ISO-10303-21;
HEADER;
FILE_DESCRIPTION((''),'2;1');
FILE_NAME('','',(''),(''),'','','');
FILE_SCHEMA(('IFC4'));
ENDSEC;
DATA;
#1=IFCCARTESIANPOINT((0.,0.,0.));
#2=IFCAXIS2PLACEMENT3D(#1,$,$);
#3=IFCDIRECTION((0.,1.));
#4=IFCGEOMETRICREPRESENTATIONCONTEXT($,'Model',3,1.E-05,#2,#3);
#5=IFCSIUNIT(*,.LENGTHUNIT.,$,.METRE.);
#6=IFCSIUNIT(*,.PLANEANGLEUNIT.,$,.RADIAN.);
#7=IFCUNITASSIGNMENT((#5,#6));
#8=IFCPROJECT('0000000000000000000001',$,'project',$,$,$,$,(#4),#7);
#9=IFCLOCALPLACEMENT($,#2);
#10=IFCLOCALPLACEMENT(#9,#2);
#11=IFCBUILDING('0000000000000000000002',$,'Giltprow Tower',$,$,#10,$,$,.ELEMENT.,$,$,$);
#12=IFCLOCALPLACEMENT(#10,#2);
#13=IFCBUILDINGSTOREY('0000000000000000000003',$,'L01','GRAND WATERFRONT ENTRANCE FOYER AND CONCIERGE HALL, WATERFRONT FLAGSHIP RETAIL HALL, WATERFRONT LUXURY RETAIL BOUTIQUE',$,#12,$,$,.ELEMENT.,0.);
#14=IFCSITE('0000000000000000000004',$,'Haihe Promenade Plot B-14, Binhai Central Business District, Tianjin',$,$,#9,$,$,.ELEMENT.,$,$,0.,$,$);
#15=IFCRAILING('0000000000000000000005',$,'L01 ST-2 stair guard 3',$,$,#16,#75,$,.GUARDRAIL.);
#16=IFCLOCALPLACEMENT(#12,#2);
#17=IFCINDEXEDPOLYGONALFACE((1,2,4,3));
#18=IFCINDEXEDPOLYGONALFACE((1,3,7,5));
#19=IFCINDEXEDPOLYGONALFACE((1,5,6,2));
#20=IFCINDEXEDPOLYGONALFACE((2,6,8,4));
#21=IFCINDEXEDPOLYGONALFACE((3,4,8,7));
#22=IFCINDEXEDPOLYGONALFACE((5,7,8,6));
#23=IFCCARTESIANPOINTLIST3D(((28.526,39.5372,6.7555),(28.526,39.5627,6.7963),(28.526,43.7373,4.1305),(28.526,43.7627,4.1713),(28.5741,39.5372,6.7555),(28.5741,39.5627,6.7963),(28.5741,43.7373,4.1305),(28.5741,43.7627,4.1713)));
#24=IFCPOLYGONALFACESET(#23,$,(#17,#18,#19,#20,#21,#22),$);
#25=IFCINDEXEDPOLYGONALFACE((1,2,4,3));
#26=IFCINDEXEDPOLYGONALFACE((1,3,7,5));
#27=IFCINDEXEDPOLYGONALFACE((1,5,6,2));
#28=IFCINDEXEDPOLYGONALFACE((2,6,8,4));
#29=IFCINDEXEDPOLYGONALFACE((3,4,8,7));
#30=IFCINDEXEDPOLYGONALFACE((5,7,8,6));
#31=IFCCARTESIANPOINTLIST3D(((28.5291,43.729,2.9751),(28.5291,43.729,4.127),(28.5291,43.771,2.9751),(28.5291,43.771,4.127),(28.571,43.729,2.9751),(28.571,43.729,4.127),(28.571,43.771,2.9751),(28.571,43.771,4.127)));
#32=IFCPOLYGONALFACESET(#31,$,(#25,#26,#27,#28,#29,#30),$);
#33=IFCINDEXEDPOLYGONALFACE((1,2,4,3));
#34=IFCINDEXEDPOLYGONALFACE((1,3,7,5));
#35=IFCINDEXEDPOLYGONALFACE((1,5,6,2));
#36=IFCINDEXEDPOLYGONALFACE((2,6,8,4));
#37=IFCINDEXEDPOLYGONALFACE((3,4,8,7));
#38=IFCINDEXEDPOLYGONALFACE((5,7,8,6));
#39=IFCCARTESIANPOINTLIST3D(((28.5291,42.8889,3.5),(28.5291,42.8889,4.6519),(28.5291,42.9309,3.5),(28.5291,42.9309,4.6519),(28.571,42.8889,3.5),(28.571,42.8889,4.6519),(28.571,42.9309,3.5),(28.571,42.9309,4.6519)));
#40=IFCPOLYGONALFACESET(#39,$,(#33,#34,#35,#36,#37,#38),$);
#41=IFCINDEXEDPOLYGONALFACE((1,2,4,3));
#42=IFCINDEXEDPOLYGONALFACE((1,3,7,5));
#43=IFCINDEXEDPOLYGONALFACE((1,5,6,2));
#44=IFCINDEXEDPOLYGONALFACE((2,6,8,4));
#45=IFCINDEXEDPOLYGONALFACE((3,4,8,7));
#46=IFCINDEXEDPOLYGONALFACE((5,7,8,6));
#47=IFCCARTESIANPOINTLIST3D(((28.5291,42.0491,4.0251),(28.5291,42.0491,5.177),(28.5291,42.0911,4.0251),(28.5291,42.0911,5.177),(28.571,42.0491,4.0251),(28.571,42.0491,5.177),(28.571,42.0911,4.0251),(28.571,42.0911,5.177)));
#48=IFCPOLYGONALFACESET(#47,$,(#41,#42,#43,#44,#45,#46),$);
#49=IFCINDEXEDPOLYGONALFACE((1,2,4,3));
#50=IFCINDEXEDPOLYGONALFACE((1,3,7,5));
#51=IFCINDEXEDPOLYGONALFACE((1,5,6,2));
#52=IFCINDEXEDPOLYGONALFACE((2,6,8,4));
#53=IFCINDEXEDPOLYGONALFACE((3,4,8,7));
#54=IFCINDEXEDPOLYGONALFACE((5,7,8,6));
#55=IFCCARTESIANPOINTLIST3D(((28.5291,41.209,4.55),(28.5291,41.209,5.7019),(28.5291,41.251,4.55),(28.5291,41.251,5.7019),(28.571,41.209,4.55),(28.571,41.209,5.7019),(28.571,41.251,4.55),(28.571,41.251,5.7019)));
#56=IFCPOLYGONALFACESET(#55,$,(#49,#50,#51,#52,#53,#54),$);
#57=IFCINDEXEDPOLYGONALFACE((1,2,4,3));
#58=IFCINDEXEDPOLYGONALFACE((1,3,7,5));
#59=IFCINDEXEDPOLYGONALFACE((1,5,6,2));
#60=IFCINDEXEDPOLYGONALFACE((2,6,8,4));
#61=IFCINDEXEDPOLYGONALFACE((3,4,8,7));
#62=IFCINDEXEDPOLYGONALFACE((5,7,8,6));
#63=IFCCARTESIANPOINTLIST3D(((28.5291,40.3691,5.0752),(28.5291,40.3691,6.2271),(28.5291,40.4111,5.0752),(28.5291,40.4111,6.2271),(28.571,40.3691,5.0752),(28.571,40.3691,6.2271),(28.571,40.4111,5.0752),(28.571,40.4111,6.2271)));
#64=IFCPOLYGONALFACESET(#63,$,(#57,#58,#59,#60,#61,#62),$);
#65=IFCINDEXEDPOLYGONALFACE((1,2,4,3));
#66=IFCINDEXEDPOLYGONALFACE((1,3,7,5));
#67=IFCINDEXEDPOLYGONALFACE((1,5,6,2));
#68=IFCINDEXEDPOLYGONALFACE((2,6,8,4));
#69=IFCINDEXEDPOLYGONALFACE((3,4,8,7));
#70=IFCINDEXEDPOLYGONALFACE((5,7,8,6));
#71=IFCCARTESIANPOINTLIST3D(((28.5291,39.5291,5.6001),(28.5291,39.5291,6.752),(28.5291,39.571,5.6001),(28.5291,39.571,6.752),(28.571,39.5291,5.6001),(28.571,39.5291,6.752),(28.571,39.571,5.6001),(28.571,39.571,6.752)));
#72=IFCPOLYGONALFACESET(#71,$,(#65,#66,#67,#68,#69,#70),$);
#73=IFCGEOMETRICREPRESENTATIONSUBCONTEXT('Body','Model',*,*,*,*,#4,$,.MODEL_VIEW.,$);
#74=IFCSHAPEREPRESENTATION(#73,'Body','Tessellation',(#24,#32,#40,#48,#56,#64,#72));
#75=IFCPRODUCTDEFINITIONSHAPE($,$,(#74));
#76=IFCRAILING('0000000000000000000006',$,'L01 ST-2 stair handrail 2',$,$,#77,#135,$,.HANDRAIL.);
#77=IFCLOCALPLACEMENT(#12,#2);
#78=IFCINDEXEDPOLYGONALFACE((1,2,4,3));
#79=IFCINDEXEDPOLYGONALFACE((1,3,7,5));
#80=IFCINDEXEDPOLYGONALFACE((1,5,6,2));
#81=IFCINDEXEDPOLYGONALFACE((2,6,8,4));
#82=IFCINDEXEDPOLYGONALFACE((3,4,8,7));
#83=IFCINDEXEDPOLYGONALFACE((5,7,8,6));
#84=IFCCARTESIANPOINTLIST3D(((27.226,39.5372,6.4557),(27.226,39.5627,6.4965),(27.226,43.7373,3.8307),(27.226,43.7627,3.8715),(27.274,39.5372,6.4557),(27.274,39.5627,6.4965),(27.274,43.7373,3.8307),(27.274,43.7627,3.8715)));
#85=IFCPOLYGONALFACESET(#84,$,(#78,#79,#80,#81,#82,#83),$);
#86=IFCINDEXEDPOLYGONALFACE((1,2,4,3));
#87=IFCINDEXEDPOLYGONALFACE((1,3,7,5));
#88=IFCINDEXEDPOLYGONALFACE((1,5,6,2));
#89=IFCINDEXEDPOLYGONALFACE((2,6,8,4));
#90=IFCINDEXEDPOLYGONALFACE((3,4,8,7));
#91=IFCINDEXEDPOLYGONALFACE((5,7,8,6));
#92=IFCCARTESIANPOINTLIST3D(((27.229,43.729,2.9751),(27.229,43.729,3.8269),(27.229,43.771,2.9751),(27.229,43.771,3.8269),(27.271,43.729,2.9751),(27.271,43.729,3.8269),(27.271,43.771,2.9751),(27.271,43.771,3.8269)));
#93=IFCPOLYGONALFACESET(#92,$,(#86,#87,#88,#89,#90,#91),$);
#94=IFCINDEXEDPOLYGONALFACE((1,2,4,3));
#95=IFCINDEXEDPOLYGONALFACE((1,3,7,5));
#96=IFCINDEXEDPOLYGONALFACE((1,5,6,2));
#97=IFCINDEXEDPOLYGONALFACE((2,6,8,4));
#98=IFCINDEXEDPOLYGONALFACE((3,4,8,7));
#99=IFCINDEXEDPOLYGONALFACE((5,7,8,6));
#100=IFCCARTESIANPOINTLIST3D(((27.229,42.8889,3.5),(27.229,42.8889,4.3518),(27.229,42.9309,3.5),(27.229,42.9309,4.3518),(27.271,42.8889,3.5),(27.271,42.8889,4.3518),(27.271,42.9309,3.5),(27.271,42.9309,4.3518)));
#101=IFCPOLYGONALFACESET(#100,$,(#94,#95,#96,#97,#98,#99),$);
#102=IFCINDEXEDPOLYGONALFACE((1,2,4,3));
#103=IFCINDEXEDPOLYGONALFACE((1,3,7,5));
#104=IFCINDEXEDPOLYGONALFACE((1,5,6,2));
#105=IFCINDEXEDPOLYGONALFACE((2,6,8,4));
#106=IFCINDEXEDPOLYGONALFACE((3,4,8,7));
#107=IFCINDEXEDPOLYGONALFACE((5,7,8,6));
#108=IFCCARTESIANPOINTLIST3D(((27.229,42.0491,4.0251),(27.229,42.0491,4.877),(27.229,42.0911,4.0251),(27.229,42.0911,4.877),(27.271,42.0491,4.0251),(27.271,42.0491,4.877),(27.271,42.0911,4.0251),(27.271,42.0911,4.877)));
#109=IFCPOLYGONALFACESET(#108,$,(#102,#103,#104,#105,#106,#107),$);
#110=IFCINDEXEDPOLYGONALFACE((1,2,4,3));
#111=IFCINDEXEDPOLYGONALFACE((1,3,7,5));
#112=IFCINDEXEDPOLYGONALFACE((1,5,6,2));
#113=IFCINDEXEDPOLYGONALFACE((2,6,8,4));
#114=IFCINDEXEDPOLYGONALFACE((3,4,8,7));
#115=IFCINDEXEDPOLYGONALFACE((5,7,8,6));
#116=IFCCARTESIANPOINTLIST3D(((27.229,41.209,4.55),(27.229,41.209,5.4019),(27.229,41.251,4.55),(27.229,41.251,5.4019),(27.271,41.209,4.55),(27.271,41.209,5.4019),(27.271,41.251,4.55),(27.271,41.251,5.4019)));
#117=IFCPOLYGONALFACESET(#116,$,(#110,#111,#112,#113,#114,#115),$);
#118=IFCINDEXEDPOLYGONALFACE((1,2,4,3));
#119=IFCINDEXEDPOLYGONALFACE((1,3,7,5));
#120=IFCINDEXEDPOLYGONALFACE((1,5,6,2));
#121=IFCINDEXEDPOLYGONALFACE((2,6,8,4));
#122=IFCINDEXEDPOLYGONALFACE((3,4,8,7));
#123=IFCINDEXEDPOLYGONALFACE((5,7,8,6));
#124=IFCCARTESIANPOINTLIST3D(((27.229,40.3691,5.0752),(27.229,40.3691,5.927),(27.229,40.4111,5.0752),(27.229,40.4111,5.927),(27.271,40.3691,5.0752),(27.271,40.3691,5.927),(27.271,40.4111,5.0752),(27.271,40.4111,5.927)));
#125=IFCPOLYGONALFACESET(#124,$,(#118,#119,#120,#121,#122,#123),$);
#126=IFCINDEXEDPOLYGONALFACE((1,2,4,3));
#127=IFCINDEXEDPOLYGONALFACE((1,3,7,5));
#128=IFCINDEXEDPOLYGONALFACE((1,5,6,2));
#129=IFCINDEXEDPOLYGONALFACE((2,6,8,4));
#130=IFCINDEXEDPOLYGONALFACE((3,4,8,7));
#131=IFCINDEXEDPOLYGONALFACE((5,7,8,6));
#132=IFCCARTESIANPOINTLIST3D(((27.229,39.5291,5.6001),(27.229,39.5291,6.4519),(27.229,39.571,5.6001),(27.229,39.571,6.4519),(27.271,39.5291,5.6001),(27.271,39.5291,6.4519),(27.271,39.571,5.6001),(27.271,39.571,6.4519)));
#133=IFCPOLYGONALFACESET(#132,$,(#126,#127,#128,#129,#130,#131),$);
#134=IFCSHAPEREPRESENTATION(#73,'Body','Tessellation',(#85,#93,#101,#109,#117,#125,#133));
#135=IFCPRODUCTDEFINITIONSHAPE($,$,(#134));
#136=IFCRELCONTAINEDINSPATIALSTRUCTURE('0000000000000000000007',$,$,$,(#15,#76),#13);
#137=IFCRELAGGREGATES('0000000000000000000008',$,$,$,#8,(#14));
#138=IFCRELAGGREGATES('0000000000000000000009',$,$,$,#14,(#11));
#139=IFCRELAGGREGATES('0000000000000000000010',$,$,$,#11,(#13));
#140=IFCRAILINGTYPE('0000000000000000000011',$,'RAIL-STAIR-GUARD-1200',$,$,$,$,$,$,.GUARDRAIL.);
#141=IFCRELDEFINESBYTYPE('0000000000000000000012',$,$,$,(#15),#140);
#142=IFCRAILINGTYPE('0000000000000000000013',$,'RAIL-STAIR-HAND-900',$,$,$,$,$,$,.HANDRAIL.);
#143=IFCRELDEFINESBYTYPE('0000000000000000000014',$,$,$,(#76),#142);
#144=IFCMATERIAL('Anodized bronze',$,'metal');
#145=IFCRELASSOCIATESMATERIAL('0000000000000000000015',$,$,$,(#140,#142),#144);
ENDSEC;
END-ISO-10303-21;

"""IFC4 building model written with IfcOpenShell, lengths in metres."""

from ifc_helpers import new_model, si_unit, direction, frame, origin, origin_2d, place, context, subcontext, project, spatial, rectangle, extrude, material, type_object, element, save


model = new_model("IFC4")

# Units and contexts
model_context = context("Model", 3, precision=1e-05, world=origin(), true_north=direction((0.0, 1.0)))
body_context = subcontext(model_context, "Body", "Model", "MODEL_VIEW")
ifc_project = project(units=[si_unit("LENGTHUNIT", "METRE"), si_unit("PLANEANGLEUNIT", "RADIAN")], contexts=[model_context])

# Site, building, storey
site_placement = place(None, origin())
site = spatial("IfcSite", under=ifc_project, at=site_placement, Name="Haihe Promenade Plot B-14, Binhai Central Business District, Tianjin", CompositionType="ELEMENT", RefElevation=0.0)
building_placement = place(site_placement, origin())
building = spatial("IfcBuilding", under=site, at=building_placement, Name="Giltprow Tower", CompositionType="ELEMENT")
storey_placement = place(building_placement, origin())
storey = spatial("IfcBuildingStorey", under=building, at=storey_placement, Name="L01", Description="GRAND WATERFRONT ENTRANCE FOYER AND CONCIERGE HALL, WATERFRONT FLAGSHIP RETAIL HALL, WATERFRONT LUXURY RETAIL BOUTIQUE", CompositionType="ELEMENT", Elevation=0.0)

# Railings
ifc_material_1 = material(Name="Anodized bronze", Category="metal")
railing_type_1 = type_object("IfcRailingType", Name="RAIL-STAIR-GUARD-1200", PredefinedType="GUARDRAIL", material=ifc_material_1)
railing_1_placement = place(storey_placement, frame((28.55, 43.75, 2.9751)))
element("IfcRailing", 1, at=railing_1_placement, inside=storey, type_object=railing_type_1, Name="L01 ST-2 stair guard 3", PredefinedType="GUARDRAIL", context=body_context, shape_type="SweptSolid", body=[
    extrude(rectangle(XDim=0.0481, YDim=0.0481, at=origin_2d()), frame((0.0, 0.0, 1.1758), z_axis=(0.0, -0.847996, 0.530003), x_axis=(1.0, 0.0, 0.0)), (0.0, 0.0, 1.0), 4.9529),
    extrude(rectangle(XDim=0.042, YDim=0.042, at=origin_2d()), origin(), (0.0, 0.0, 1.0), 1.1519),
    extrude(rectangle(XDim=0.042, YDim=0.042, at=origin_2d()), frame((0.0, -0.8401, 0.5249)), (0.0, 0.0, 1.0), 1.1519),
    extrude(rectangle(XDim=0.042, YDim=0.042, at=origin_2d()), frame((0.0, -1.6799, 1.05)), (0.0, 0.0, 1.0), 1.1519),
    extrude(rectangle(XDim=0.042, YDim=0.042, at=origin_2d()), frame((0.0, -2.52, 1.575)), (0.0, 0.0, 1.0), 1.1519),
    extrude(rectangle(XDim=0.042, YDim=0.042, at=origin_2d()), frame((0.0, -3.3599, 2.1001)), (0.0, 0.0, 1.0), 1.1519),
    extrude(rectangle(XDim=0.042, YDim=0.042, at=origin_2d()), frame((0.0, -4.2, 2.625)), (0.0, 0.0, 1.0), 1.1519),
])
railing_type_2 = type_object("IfcRailingType", Name="RAIL-STAIR-HAND-900", PredefinedType="HANDRAIL", material=ifc_material_1)
railing_2_placement = place(storey_placement, frame((27.25, 43.75, 2.9751)))
element("IfcRailing", 2, at=railing_2_placement, inside=storey, type_object=railing_type_2, Name="L01 ST-2 stair handrail 2", PredefinedType="HANDRAIL", context=body_context, shape_type="SweptSolid", body=[
    extrude(rectangle(XDim=0.0481, YDim=0.0481, at=origin_2d()), frame((0.0, 0.0, 0.876), z_axis=(0.0, -0.847996, 0.530003), x_axis=(1.0, 0.0, 0.0)), (0.0, 0.0, 1.0), 4.9529),
    extrude(rectangle(XDim=0.042, YDim=0.042, at=origin_2d()), origin(), (0.0, 0.0, 1.0), 0.8518),
    extrude(rectangle(XDim=0.042, YDim=0.042, at=origin_2d()), frame((0.0, -0.8401, 0.5249)), (0.0, 0.0, 1.0), 0.8518),
    extrude(rectangle(XDim=0.042, YDim=0.042, at=origin_2d()), frame((0.0, -1.6799, 1.05)), (0.0, 0.0, 1.0), 0.8518),
    extrude(rectangle(XDim=0.042, YDim=0.042, at=origin_2d()), frame((0.0, -2.52, 1.575)), (0.0, 0.0, 1.0), 0.8518),
    extrude(rectangle(XDim=0.042, YDim=0.042, at=origin_2d()), frame((0.0, -3.3599, 2.1001)), (0.0, 0.0, 1.0), 0.8518),
    extrude(rectangle(XDim=0.042, YDim=0.042, at=origin_2d()), frame((0.0, -4.2, 2.625)), (0.0, 0.0, 1.0), 0.8518),
])

save(model, "model.ifc")
